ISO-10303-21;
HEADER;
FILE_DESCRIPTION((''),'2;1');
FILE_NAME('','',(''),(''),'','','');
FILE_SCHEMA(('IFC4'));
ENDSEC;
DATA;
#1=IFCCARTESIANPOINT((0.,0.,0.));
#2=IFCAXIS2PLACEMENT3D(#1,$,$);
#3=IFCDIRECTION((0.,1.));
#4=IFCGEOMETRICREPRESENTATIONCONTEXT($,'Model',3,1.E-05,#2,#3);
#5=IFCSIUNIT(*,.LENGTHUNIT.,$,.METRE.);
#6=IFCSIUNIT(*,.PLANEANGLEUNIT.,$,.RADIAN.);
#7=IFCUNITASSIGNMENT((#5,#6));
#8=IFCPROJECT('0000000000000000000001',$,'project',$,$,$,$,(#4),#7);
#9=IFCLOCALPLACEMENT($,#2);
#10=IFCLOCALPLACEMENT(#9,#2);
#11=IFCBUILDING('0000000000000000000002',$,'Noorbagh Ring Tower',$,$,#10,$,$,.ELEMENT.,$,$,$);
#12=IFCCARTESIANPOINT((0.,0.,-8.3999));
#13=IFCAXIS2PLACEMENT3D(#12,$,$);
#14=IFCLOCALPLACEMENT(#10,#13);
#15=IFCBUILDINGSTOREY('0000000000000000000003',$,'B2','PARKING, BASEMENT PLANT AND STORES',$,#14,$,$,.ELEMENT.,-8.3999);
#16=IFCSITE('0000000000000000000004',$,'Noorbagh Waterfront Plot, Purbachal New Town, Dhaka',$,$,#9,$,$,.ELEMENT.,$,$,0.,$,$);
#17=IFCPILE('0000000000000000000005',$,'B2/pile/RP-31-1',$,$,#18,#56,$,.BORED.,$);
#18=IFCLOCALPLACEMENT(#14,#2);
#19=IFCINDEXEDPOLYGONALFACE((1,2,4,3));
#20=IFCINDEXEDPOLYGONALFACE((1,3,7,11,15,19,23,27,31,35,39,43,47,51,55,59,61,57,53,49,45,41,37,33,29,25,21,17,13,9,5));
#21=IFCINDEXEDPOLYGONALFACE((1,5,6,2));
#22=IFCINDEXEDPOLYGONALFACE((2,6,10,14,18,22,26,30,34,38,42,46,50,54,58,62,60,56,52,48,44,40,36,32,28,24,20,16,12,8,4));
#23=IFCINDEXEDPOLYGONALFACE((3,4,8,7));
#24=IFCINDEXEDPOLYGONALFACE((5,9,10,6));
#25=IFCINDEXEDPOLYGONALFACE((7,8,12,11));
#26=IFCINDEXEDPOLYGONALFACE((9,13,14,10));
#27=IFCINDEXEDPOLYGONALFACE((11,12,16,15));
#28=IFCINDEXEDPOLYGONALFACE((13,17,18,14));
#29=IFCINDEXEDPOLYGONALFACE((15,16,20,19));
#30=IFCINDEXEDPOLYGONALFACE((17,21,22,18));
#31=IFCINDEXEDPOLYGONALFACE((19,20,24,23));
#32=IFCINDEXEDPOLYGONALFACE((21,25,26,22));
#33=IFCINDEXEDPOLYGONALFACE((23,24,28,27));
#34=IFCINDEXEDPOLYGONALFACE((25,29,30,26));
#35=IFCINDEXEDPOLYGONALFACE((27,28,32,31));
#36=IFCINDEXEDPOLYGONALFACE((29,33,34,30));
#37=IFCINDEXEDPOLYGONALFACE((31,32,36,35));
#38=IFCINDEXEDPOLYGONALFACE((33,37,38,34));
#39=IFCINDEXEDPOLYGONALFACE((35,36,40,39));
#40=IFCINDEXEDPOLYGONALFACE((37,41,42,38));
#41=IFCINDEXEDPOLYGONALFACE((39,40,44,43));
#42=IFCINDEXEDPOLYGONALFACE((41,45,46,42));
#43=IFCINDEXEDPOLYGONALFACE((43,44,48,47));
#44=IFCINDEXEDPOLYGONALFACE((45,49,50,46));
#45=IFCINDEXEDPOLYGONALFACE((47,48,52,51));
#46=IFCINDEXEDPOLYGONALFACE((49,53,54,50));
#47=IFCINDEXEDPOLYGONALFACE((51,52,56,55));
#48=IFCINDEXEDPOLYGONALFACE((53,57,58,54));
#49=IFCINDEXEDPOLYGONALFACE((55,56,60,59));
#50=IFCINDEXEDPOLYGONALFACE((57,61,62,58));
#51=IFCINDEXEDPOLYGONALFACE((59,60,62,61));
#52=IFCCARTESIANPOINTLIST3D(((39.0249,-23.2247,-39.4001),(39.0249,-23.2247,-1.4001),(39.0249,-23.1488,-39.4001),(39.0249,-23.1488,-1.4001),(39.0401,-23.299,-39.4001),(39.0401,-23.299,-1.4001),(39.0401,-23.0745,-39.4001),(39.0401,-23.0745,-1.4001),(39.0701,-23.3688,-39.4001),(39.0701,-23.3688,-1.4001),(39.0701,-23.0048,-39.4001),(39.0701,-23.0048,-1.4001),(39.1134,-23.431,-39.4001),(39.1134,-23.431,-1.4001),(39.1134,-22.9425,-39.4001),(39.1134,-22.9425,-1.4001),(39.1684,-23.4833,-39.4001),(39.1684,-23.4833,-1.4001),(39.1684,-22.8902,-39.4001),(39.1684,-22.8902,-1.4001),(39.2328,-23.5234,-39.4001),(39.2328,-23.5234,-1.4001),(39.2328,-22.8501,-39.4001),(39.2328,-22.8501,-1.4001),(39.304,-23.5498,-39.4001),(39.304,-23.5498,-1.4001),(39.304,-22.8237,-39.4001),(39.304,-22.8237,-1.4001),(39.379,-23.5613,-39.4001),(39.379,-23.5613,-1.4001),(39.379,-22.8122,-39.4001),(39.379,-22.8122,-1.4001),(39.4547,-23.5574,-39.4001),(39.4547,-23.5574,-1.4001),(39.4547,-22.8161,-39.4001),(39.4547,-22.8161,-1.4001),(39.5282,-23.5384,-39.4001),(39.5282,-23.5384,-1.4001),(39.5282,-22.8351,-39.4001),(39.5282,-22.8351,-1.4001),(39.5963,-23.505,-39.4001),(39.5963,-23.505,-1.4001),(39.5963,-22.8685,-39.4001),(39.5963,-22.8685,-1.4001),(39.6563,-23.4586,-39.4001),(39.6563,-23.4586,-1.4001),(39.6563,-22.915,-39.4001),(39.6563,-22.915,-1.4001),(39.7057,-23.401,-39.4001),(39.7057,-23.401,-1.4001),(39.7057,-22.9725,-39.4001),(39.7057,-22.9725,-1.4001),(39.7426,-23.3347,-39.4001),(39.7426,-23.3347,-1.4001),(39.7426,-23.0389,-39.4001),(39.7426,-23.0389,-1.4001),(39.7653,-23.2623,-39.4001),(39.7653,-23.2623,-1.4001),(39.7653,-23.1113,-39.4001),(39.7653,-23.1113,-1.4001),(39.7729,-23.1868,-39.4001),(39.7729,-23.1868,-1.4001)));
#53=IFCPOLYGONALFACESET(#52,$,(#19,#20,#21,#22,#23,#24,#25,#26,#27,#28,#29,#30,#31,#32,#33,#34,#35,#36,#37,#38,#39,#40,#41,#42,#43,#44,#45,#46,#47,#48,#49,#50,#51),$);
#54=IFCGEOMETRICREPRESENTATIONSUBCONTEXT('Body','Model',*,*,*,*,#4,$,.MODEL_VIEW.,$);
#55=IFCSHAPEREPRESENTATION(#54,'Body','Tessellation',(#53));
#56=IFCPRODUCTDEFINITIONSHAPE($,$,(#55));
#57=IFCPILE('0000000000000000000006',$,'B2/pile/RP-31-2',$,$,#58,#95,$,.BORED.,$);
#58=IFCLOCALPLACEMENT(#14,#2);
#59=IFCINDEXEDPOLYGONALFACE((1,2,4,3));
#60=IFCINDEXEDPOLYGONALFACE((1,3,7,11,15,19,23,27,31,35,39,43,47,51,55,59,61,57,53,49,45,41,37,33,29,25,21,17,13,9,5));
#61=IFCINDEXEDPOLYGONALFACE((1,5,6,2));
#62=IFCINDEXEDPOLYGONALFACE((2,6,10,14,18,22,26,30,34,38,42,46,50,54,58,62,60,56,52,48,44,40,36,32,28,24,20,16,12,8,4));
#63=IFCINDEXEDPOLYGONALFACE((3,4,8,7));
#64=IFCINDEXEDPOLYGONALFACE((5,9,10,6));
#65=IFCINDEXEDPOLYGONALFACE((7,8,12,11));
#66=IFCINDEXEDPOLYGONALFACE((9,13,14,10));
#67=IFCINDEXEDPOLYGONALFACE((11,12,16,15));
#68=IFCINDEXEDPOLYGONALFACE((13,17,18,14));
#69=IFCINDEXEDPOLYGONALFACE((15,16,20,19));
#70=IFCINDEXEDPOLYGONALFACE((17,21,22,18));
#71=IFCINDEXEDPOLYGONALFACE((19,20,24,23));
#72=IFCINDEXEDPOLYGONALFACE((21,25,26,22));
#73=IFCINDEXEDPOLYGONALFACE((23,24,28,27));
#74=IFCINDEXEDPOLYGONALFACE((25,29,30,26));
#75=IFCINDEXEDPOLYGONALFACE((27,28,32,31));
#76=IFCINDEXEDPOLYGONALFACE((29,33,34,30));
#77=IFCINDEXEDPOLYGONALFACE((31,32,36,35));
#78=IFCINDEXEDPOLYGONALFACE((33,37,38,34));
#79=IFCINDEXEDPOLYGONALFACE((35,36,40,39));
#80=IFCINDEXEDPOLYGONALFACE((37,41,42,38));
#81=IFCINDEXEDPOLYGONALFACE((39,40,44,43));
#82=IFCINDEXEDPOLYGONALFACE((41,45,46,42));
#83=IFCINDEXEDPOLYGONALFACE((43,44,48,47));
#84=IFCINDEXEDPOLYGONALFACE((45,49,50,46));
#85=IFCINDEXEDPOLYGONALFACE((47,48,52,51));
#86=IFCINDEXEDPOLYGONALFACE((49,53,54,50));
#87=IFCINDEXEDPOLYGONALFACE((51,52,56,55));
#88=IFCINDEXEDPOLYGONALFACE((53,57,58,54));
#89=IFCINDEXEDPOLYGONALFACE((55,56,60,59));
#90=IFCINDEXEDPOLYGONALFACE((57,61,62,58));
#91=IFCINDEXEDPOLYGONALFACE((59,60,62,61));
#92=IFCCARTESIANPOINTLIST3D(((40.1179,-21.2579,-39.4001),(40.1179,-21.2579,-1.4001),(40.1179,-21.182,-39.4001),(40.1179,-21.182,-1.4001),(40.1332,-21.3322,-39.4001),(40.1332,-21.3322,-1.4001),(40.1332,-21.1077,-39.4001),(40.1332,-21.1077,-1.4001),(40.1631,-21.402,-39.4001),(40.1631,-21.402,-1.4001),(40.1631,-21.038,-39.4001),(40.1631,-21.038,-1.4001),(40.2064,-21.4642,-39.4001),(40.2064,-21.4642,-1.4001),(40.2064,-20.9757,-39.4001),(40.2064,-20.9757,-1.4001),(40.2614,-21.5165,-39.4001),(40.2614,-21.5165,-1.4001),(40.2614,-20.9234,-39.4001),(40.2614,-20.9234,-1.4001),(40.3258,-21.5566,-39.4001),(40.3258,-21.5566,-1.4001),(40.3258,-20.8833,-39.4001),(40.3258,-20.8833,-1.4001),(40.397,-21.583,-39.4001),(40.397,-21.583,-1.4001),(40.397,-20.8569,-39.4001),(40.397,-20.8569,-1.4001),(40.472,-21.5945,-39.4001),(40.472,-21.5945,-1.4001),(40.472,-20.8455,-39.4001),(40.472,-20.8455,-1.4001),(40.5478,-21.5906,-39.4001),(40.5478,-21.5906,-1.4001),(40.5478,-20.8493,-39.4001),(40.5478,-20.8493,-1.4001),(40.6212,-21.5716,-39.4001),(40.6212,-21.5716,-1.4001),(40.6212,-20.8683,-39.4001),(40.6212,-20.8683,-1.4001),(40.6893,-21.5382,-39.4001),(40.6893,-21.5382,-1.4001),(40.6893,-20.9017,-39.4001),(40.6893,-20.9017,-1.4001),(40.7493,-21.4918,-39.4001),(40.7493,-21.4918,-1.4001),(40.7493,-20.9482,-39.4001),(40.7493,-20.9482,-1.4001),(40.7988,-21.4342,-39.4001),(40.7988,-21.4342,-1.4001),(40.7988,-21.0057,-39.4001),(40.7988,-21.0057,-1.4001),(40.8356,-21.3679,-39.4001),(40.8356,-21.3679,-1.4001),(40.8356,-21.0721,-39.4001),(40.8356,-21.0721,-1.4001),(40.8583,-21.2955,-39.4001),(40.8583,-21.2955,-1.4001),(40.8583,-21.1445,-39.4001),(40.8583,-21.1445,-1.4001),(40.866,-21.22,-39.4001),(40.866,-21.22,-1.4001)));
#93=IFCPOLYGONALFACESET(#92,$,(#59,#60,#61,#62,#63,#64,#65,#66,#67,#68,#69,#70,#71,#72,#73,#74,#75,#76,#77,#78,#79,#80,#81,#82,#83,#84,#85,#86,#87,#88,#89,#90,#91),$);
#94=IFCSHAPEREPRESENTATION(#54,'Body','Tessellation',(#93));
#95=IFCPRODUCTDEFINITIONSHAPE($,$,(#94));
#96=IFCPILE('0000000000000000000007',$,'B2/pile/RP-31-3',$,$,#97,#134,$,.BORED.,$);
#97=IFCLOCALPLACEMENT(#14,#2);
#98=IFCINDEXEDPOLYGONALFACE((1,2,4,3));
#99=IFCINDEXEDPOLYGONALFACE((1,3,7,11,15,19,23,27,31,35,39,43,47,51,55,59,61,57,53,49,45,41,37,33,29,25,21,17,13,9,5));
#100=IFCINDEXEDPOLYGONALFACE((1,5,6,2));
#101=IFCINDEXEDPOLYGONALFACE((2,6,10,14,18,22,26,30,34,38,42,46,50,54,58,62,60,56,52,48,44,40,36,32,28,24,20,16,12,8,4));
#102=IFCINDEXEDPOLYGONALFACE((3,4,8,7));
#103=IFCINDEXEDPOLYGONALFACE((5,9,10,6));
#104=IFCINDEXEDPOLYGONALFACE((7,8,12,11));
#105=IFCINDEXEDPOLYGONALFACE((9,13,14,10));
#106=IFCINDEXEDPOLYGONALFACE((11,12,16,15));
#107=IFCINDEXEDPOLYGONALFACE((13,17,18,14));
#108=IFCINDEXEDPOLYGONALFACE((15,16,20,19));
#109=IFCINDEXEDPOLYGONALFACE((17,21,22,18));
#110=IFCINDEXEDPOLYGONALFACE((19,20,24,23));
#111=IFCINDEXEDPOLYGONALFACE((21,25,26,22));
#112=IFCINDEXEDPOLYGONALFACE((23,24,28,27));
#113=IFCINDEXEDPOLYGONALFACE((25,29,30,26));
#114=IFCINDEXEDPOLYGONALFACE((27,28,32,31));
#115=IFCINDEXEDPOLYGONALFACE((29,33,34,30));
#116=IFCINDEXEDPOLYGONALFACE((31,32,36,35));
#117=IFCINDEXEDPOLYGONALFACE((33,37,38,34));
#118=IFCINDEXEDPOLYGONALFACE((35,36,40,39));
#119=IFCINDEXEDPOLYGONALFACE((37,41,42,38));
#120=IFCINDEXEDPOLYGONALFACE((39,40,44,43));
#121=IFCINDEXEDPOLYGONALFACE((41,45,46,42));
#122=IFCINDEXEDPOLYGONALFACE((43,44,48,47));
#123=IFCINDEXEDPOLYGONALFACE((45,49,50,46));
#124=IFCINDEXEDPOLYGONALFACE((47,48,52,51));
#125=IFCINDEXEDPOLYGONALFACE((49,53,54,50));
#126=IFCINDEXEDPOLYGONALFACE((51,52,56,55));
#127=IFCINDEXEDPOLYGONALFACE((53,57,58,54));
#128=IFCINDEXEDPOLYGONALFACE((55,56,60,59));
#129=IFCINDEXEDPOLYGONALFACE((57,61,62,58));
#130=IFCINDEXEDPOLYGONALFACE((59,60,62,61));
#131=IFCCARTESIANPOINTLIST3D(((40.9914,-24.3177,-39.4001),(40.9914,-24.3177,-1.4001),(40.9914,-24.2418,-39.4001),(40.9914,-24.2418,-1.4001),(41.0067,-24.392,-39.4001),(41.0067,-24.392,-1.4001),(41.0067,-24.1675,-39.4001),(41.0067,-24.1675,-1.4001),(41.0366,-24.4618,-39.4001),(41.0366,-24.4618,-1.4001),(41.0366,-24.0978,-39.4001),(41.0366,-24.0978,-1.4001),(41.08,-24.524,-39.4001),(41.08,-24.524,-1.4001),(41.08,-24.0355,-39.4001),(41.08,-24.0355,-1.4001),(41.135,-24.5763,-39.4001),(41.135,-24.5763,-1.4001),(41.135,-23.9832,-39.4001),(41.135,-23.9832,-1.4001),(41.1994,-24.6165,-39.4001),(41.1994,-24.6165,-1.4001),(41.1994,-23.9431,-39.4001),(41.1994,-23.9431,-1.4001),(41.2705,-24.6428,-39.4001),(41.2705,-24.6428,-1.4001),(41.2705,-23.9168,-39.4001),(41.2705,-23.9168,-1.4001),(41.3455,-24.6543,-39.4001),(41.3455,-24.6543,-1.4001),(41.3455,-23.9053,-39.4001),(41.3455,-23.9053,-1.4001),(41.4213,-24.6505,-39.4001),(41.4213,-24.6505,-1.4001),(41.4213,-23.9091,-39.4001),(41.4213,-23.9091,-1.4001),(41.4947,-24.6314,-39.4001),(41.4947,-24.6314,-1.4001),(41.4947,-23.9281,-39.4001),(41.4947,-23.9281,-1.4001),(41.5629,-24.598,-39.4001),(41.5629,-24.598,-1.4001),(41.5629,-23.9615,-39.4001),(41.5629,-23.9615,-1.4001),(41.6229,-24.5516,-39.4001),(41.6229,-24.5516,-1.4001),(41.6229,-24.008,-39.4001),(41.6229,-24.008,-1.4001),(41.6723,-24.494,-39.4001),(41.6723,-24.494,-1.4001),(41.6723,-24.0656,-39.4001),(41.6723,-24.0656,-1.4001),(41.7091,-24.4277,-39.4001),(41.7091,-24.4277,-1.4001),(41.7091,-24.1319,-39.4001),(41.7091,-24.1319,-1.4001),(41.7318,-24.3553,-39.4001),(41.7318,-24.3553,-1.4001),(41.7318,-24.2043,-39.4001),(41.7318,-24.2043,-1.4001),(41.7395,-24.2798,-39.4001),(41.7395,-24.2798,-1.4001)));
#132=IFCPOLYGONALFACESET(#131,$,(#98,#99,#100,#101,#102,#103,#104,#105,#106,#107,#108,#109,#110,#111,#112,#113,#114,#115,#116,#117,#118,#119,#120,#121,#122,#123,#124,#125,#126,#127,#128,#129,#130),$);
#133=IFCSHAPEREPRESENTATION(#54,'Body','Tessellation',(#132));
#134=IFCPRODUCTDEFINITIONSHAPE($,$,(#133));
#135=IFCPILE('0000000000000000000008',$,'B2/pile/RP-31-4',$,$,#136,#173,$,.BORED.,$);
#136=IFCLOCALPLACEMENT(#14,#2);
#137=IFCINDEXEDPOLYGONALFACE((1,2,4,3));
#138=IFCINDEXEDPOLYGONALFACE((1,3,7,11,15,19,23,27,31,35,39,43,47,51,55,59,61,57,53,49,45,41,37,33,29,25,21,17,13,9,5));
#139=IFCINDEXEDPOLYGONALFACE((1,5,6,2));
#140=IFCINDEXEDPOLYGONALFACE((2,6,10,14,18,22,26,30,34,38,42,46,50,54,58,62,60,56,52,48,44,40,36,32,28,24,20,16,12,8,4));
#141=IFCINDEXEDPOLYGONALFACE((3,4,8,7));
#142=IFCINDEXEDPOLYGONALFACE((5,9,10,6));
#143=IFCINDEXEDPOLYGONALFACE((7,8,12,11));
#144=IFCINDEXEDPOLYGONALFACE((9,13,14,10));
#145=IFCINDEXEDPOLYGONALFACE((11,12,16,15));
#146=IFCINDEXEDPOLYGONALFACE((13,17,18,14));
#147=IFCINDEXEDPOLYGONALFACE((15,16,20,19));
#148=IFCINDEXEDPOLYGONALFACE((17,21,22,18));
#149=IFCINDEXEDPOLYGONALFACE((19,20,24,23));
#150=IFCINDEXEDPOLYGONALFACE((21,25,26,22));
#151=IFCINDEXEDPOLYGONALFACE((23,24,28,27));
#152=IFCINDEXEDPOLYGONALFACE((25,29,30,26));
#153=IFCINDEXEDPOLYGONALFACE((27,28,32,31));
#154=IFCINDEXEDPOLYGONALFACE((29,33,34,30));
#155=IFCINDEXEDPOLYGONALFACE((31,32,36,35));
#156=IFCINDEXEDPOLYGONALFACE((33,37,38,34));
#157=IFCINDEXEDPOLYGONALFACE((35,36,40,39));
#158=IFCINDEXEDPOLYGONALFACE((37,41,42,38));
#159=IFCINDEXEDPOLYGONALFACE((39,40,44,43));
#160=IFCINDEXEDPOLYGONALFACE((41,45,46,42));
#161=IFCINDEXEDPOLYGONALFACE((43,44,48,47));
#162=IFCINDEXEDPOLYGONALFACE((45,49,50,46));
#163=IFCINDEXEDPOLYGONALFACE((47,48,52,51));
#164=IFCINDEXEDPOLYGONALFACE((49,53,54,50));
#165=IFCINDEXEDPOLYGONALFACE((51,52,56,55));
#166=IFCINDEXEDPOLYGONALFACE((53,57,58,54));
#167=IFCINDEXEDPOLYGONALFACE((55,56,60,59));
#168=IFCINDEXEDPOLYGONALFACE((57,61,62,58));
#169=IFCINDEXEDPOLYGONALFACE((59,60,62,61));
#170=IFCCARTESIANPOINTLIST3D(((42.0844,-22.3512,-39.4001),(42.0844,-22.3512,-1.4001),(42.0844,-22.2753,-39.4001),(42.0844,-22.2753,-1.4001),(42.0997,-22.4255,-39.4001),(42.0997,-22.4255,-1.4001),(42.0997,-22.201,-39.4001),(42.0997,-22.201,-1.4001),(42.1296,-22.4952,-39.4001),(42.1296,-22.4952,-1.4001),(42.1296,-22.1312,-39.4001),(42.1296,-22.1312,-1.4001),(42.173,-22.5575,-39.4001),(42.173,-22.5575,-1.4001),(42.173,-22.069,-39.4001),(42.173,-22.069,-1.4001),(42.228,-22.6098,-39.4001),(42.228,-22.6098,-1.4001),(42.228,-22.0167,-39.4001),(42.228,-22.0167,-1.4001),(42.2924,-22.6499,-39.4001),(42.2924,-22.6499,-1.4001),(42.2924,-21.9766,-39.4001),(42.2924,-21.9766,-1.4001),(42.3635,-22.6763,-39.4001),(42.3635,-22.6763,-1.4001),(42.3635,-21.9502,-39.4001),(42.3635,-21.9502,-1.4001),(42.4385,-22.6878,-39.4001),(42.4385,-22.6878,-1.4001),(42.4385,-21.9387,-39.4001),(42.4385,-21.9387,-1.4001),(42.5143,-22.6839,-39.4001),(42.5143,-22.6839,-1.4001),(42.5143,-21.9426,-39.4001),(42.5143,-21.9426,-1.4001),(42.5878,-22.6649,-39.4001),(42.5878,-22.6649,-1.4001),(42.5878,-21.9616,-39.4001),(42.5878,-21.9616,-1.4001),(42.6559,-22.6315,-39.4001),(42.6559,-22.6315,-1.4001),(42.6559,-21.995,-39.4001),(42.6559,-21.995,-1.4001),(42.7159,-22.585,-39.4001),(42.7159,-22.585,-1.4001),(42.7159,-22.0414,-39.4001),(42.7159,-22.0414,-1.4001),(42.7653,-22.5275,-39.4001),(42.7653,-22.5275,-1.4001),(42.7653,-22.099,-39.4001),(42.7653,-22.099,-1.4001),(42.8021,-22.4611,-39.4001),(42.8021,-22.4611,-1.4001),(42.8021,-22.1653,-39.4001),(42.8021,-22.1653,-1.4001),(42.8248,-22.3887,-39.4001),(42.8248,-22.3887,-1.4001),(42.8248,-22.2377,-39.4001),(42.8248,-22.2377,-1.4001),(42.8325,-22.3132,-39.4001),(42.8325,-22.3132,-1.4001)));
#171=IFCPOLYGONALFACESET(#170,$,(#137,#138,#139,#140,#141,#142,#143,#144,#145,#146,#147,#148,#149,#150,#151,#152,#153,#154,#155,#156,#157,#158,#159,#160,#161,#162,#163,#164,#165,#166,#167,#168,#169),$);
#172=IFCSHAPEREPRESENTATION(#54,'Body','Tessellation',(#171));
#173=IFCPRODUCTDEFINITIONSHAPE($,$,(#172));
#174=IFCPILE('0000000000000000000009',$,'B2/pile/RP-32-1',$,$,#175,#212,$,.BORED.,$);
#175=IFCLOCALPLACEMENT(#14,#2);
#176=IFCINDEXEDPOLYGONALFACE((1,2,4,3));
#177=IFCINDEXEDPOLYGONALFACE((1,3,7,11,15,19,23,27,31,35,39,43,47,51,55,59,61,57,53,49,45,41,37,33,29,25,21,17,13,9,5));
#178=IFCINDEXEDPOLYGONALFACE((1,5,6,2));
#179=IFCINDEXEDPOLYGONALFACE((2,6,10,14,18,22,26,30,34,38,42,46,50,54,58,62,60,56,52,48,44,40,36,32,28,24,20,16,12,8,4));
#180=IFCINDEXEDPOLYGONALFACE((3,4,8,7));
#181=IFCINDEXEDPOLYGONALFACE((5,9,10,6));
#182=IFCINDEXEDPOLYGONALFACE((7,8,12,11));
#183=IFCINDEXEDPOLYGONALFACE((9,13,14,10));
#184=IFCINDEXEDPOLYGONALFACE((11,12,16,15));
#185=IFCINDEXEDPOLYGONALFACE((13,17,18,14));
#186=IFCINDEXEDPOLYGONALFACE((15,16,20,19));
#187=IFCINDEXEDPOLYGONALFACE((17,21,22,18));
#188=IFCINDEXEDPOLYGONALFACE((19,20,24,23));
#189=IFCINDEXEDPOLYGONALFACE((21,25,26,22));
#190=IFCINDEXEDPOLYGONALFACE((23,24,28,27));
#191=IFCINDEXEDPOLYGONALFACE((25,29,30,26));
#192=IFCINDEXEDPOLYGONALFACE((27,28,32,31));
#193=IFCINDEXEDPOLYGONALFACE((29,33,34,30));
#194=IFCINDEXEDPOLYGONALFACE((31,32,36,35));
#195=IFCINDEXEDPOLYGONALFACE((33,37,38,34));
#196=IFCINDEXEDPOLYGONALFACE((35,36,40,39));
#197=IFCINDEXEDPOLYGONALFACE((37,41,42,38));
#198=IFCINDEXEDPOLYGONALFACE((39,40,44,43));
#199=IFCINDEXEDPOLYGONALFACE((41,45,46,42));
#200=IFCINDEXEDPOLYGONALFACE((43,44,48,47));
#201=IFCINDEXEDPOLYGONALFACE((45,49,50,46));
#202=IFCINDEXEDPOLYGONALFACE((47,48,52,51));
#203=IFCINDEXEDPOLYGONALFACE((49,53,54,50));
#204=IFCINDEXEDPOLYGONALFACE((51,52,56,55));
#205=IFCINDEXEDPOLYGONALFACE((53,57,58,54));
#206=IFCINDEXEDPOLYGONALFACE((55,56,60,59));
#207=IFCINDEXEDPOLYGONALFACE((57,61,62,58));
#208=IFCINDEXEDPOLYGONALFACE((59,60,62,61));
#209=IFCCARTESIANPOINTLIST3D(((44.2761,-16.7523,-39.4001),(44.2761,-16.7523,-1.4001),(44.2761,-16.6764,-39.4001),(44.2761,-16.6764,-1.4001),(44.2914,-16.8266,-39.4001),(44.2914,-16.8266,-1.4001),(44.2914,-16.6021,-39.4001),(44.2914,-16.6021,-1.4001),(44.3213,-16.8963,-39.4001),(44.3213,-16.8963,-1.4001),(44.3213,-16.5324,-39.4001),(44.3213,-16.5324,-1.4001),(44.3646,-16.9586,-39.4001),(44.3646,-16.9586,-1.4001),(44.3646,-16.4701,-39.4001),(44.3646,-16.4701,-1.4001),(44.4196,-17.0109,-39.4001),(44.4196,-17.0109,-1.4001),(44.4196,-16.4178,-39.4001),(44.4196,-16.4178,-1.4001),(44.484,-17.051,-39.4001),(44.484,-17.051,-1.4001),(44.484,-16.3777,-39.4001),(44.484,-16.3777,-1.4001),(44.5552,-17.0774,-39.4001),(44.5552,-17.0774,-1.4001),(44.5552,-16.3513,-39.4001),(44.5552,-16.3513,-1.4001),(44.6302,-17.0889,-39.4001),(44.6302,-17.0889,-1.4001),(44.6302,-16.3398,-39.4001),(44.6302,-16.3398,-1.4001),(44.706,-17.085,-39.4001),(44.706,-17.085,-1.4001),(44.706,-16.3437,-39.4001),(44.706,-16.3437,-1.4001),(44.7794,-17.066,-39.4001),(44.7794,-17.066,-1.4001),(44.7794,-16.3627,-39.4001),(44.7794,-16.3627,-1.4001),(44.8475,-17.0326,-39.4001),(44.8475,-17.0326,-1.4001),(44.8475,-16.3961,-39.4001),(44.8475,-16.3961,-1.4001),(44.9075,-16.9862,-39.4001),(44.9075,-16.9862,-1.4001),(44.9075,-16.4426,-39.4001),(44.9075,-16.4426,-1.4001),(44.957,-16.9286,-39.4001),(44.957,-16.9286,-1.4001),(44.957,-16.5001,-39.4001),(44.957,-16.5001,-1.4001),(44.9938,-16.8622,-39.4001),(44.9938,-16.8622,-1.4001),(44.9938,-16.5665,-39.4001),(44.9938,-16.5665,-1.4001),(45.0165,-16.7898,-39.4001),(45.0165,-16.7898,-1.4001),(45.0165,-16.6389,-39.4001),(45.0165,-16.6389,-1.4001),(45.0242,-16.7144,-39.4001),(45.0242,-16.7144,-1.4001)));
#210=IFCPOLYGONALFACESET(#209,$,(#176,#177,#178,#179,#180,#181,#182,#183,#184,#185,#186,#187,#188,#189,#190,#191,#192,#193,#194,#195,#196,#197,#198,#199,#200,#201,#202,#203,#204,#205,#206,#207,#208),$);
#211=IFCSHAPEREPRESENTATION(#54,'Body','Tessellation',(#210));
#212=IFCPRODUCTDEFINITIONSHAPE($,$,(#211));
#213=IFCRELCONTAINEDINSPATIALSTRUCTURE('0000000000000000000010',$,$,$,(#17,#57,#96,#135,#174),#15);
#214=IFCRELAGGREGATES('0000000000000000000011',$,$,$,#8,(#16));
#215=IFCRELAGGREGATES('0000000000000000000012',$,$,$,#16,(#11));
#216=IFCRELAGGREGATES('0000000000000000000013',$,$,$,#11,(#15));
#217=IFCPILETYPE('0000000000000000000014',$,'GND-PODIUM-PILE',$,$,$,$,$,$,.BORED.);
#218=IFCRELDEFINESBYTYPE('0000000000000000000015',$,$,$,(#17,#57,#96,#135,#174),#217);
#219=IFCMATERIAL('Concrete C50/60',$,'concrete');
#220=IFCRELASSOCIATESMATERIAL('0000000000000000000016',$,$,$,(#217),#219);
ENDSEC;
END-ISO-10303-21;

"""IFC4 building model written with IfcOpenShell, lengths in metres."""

from ifc_helpers import new_model, si_unit, direction, frame, origin, origin_2d, place, context, subcontext, project, spatial, circle, extrude, material, material_profile, profile_set, type_object, element, save


model = new_model("IFC4")

# Units and contexts
model_context = context("Model", 3, precision=1e-05, world=origin(), true_north=direction((0.0, 1.0)))
body_context = subcontext(model_context, "Body", "Model", "MODEL_VIEW")
ifc_project = project(units=[si_unit("LENGTHUNIT", "METRE"), si_unit("PLANEANGLEUNIT", "RADIAN")], contexts=[model_context])

# Site, building, storey
site_placement = place(None, origin())
site = spatial("IfcSite", under=ifc_project, at=site_placement, Name="Noorbagh Waterfront Plot, Purbachal New Town, Dhaka", CompositionType="ELEMENT", RefElevation=0.0)
building_placement = place(site_placement, origin())
building = spatial("IfcBuilding", under=site, at=building_placement, Name="Noorbagh Ring Tower", CompositionType="ELEMENT")
storey_placement = place(building_placement, frame((0.0, 0.0, -8.3999)))
storey = spatial("IfcBuildingStorey", under=building, at=storey_placement, Name="B2", Description="PARKING, BASEMENT PLANT AND STORES", CompositionType="ELEMENT", Elevation=-8.3999)

# Piles
ifc_material_1 = material(Name="Concrete C50/60", Category="concrete")
ifc_material_profile_1 = material_profile(ifc_material_1, circle(Radius=0.375, at=origin_2d()), Name="PILE750")
ifc_profile_set_1 = profile_set([ifc_material_profile_1], Name="Concrete C50/60")
pile_type = type_object("IfcPileType", Name="GND-PODIUM-PILE", PredefinedType="BORED", material=ifc_profile_set_1)
for number, where, z_axis, x_axis, name in (
    (1, (39.3979, -23.1868, -1.4001), (0.0, 0.0, -1.0), (1.0, 0.0, 0.0), "B2/pile/RP-31-1"),
    (2, (40.491, -21.22, -1.4001), (0.0, 0.0, -1.0), (1.0, 0.0, 0.0), "B2/pile/RP-31-2"),
    (3, (41.3645, -24.2798, -1.4001), (0.0, 0.0, -1.0), (1.0, 0.0, 0.0), "B2/pile/RP-31-3"),
    (4, (42.4575, -22.3132, -1.4001), (0.0, 0.0, -1.0), (1.0, 0.0, 0.0), "B2/pile/RP-31-4"),
    (5, (44.6492, -16.7144, -1.4001), (0.0, 0.0, -1.0), (1.0, 0.0, 0.0), "B2/pile/RP-32-1"),
):
    element("IfcPile", number, at=place(storey_placement, frame(where, z_axis=z_axis, x_axis=x_axis)), inside=storey, type_object=pile_type, Name=name, PredefinedType="BORED", context=body_context, shape_type="SweptSolid", body=[
        extrude(circle(Radius=0.375, at=origin_2d()), origin(), (0.0, 0.0, 1.0), 38.0),
    ])

save(model, "model.ifc")
